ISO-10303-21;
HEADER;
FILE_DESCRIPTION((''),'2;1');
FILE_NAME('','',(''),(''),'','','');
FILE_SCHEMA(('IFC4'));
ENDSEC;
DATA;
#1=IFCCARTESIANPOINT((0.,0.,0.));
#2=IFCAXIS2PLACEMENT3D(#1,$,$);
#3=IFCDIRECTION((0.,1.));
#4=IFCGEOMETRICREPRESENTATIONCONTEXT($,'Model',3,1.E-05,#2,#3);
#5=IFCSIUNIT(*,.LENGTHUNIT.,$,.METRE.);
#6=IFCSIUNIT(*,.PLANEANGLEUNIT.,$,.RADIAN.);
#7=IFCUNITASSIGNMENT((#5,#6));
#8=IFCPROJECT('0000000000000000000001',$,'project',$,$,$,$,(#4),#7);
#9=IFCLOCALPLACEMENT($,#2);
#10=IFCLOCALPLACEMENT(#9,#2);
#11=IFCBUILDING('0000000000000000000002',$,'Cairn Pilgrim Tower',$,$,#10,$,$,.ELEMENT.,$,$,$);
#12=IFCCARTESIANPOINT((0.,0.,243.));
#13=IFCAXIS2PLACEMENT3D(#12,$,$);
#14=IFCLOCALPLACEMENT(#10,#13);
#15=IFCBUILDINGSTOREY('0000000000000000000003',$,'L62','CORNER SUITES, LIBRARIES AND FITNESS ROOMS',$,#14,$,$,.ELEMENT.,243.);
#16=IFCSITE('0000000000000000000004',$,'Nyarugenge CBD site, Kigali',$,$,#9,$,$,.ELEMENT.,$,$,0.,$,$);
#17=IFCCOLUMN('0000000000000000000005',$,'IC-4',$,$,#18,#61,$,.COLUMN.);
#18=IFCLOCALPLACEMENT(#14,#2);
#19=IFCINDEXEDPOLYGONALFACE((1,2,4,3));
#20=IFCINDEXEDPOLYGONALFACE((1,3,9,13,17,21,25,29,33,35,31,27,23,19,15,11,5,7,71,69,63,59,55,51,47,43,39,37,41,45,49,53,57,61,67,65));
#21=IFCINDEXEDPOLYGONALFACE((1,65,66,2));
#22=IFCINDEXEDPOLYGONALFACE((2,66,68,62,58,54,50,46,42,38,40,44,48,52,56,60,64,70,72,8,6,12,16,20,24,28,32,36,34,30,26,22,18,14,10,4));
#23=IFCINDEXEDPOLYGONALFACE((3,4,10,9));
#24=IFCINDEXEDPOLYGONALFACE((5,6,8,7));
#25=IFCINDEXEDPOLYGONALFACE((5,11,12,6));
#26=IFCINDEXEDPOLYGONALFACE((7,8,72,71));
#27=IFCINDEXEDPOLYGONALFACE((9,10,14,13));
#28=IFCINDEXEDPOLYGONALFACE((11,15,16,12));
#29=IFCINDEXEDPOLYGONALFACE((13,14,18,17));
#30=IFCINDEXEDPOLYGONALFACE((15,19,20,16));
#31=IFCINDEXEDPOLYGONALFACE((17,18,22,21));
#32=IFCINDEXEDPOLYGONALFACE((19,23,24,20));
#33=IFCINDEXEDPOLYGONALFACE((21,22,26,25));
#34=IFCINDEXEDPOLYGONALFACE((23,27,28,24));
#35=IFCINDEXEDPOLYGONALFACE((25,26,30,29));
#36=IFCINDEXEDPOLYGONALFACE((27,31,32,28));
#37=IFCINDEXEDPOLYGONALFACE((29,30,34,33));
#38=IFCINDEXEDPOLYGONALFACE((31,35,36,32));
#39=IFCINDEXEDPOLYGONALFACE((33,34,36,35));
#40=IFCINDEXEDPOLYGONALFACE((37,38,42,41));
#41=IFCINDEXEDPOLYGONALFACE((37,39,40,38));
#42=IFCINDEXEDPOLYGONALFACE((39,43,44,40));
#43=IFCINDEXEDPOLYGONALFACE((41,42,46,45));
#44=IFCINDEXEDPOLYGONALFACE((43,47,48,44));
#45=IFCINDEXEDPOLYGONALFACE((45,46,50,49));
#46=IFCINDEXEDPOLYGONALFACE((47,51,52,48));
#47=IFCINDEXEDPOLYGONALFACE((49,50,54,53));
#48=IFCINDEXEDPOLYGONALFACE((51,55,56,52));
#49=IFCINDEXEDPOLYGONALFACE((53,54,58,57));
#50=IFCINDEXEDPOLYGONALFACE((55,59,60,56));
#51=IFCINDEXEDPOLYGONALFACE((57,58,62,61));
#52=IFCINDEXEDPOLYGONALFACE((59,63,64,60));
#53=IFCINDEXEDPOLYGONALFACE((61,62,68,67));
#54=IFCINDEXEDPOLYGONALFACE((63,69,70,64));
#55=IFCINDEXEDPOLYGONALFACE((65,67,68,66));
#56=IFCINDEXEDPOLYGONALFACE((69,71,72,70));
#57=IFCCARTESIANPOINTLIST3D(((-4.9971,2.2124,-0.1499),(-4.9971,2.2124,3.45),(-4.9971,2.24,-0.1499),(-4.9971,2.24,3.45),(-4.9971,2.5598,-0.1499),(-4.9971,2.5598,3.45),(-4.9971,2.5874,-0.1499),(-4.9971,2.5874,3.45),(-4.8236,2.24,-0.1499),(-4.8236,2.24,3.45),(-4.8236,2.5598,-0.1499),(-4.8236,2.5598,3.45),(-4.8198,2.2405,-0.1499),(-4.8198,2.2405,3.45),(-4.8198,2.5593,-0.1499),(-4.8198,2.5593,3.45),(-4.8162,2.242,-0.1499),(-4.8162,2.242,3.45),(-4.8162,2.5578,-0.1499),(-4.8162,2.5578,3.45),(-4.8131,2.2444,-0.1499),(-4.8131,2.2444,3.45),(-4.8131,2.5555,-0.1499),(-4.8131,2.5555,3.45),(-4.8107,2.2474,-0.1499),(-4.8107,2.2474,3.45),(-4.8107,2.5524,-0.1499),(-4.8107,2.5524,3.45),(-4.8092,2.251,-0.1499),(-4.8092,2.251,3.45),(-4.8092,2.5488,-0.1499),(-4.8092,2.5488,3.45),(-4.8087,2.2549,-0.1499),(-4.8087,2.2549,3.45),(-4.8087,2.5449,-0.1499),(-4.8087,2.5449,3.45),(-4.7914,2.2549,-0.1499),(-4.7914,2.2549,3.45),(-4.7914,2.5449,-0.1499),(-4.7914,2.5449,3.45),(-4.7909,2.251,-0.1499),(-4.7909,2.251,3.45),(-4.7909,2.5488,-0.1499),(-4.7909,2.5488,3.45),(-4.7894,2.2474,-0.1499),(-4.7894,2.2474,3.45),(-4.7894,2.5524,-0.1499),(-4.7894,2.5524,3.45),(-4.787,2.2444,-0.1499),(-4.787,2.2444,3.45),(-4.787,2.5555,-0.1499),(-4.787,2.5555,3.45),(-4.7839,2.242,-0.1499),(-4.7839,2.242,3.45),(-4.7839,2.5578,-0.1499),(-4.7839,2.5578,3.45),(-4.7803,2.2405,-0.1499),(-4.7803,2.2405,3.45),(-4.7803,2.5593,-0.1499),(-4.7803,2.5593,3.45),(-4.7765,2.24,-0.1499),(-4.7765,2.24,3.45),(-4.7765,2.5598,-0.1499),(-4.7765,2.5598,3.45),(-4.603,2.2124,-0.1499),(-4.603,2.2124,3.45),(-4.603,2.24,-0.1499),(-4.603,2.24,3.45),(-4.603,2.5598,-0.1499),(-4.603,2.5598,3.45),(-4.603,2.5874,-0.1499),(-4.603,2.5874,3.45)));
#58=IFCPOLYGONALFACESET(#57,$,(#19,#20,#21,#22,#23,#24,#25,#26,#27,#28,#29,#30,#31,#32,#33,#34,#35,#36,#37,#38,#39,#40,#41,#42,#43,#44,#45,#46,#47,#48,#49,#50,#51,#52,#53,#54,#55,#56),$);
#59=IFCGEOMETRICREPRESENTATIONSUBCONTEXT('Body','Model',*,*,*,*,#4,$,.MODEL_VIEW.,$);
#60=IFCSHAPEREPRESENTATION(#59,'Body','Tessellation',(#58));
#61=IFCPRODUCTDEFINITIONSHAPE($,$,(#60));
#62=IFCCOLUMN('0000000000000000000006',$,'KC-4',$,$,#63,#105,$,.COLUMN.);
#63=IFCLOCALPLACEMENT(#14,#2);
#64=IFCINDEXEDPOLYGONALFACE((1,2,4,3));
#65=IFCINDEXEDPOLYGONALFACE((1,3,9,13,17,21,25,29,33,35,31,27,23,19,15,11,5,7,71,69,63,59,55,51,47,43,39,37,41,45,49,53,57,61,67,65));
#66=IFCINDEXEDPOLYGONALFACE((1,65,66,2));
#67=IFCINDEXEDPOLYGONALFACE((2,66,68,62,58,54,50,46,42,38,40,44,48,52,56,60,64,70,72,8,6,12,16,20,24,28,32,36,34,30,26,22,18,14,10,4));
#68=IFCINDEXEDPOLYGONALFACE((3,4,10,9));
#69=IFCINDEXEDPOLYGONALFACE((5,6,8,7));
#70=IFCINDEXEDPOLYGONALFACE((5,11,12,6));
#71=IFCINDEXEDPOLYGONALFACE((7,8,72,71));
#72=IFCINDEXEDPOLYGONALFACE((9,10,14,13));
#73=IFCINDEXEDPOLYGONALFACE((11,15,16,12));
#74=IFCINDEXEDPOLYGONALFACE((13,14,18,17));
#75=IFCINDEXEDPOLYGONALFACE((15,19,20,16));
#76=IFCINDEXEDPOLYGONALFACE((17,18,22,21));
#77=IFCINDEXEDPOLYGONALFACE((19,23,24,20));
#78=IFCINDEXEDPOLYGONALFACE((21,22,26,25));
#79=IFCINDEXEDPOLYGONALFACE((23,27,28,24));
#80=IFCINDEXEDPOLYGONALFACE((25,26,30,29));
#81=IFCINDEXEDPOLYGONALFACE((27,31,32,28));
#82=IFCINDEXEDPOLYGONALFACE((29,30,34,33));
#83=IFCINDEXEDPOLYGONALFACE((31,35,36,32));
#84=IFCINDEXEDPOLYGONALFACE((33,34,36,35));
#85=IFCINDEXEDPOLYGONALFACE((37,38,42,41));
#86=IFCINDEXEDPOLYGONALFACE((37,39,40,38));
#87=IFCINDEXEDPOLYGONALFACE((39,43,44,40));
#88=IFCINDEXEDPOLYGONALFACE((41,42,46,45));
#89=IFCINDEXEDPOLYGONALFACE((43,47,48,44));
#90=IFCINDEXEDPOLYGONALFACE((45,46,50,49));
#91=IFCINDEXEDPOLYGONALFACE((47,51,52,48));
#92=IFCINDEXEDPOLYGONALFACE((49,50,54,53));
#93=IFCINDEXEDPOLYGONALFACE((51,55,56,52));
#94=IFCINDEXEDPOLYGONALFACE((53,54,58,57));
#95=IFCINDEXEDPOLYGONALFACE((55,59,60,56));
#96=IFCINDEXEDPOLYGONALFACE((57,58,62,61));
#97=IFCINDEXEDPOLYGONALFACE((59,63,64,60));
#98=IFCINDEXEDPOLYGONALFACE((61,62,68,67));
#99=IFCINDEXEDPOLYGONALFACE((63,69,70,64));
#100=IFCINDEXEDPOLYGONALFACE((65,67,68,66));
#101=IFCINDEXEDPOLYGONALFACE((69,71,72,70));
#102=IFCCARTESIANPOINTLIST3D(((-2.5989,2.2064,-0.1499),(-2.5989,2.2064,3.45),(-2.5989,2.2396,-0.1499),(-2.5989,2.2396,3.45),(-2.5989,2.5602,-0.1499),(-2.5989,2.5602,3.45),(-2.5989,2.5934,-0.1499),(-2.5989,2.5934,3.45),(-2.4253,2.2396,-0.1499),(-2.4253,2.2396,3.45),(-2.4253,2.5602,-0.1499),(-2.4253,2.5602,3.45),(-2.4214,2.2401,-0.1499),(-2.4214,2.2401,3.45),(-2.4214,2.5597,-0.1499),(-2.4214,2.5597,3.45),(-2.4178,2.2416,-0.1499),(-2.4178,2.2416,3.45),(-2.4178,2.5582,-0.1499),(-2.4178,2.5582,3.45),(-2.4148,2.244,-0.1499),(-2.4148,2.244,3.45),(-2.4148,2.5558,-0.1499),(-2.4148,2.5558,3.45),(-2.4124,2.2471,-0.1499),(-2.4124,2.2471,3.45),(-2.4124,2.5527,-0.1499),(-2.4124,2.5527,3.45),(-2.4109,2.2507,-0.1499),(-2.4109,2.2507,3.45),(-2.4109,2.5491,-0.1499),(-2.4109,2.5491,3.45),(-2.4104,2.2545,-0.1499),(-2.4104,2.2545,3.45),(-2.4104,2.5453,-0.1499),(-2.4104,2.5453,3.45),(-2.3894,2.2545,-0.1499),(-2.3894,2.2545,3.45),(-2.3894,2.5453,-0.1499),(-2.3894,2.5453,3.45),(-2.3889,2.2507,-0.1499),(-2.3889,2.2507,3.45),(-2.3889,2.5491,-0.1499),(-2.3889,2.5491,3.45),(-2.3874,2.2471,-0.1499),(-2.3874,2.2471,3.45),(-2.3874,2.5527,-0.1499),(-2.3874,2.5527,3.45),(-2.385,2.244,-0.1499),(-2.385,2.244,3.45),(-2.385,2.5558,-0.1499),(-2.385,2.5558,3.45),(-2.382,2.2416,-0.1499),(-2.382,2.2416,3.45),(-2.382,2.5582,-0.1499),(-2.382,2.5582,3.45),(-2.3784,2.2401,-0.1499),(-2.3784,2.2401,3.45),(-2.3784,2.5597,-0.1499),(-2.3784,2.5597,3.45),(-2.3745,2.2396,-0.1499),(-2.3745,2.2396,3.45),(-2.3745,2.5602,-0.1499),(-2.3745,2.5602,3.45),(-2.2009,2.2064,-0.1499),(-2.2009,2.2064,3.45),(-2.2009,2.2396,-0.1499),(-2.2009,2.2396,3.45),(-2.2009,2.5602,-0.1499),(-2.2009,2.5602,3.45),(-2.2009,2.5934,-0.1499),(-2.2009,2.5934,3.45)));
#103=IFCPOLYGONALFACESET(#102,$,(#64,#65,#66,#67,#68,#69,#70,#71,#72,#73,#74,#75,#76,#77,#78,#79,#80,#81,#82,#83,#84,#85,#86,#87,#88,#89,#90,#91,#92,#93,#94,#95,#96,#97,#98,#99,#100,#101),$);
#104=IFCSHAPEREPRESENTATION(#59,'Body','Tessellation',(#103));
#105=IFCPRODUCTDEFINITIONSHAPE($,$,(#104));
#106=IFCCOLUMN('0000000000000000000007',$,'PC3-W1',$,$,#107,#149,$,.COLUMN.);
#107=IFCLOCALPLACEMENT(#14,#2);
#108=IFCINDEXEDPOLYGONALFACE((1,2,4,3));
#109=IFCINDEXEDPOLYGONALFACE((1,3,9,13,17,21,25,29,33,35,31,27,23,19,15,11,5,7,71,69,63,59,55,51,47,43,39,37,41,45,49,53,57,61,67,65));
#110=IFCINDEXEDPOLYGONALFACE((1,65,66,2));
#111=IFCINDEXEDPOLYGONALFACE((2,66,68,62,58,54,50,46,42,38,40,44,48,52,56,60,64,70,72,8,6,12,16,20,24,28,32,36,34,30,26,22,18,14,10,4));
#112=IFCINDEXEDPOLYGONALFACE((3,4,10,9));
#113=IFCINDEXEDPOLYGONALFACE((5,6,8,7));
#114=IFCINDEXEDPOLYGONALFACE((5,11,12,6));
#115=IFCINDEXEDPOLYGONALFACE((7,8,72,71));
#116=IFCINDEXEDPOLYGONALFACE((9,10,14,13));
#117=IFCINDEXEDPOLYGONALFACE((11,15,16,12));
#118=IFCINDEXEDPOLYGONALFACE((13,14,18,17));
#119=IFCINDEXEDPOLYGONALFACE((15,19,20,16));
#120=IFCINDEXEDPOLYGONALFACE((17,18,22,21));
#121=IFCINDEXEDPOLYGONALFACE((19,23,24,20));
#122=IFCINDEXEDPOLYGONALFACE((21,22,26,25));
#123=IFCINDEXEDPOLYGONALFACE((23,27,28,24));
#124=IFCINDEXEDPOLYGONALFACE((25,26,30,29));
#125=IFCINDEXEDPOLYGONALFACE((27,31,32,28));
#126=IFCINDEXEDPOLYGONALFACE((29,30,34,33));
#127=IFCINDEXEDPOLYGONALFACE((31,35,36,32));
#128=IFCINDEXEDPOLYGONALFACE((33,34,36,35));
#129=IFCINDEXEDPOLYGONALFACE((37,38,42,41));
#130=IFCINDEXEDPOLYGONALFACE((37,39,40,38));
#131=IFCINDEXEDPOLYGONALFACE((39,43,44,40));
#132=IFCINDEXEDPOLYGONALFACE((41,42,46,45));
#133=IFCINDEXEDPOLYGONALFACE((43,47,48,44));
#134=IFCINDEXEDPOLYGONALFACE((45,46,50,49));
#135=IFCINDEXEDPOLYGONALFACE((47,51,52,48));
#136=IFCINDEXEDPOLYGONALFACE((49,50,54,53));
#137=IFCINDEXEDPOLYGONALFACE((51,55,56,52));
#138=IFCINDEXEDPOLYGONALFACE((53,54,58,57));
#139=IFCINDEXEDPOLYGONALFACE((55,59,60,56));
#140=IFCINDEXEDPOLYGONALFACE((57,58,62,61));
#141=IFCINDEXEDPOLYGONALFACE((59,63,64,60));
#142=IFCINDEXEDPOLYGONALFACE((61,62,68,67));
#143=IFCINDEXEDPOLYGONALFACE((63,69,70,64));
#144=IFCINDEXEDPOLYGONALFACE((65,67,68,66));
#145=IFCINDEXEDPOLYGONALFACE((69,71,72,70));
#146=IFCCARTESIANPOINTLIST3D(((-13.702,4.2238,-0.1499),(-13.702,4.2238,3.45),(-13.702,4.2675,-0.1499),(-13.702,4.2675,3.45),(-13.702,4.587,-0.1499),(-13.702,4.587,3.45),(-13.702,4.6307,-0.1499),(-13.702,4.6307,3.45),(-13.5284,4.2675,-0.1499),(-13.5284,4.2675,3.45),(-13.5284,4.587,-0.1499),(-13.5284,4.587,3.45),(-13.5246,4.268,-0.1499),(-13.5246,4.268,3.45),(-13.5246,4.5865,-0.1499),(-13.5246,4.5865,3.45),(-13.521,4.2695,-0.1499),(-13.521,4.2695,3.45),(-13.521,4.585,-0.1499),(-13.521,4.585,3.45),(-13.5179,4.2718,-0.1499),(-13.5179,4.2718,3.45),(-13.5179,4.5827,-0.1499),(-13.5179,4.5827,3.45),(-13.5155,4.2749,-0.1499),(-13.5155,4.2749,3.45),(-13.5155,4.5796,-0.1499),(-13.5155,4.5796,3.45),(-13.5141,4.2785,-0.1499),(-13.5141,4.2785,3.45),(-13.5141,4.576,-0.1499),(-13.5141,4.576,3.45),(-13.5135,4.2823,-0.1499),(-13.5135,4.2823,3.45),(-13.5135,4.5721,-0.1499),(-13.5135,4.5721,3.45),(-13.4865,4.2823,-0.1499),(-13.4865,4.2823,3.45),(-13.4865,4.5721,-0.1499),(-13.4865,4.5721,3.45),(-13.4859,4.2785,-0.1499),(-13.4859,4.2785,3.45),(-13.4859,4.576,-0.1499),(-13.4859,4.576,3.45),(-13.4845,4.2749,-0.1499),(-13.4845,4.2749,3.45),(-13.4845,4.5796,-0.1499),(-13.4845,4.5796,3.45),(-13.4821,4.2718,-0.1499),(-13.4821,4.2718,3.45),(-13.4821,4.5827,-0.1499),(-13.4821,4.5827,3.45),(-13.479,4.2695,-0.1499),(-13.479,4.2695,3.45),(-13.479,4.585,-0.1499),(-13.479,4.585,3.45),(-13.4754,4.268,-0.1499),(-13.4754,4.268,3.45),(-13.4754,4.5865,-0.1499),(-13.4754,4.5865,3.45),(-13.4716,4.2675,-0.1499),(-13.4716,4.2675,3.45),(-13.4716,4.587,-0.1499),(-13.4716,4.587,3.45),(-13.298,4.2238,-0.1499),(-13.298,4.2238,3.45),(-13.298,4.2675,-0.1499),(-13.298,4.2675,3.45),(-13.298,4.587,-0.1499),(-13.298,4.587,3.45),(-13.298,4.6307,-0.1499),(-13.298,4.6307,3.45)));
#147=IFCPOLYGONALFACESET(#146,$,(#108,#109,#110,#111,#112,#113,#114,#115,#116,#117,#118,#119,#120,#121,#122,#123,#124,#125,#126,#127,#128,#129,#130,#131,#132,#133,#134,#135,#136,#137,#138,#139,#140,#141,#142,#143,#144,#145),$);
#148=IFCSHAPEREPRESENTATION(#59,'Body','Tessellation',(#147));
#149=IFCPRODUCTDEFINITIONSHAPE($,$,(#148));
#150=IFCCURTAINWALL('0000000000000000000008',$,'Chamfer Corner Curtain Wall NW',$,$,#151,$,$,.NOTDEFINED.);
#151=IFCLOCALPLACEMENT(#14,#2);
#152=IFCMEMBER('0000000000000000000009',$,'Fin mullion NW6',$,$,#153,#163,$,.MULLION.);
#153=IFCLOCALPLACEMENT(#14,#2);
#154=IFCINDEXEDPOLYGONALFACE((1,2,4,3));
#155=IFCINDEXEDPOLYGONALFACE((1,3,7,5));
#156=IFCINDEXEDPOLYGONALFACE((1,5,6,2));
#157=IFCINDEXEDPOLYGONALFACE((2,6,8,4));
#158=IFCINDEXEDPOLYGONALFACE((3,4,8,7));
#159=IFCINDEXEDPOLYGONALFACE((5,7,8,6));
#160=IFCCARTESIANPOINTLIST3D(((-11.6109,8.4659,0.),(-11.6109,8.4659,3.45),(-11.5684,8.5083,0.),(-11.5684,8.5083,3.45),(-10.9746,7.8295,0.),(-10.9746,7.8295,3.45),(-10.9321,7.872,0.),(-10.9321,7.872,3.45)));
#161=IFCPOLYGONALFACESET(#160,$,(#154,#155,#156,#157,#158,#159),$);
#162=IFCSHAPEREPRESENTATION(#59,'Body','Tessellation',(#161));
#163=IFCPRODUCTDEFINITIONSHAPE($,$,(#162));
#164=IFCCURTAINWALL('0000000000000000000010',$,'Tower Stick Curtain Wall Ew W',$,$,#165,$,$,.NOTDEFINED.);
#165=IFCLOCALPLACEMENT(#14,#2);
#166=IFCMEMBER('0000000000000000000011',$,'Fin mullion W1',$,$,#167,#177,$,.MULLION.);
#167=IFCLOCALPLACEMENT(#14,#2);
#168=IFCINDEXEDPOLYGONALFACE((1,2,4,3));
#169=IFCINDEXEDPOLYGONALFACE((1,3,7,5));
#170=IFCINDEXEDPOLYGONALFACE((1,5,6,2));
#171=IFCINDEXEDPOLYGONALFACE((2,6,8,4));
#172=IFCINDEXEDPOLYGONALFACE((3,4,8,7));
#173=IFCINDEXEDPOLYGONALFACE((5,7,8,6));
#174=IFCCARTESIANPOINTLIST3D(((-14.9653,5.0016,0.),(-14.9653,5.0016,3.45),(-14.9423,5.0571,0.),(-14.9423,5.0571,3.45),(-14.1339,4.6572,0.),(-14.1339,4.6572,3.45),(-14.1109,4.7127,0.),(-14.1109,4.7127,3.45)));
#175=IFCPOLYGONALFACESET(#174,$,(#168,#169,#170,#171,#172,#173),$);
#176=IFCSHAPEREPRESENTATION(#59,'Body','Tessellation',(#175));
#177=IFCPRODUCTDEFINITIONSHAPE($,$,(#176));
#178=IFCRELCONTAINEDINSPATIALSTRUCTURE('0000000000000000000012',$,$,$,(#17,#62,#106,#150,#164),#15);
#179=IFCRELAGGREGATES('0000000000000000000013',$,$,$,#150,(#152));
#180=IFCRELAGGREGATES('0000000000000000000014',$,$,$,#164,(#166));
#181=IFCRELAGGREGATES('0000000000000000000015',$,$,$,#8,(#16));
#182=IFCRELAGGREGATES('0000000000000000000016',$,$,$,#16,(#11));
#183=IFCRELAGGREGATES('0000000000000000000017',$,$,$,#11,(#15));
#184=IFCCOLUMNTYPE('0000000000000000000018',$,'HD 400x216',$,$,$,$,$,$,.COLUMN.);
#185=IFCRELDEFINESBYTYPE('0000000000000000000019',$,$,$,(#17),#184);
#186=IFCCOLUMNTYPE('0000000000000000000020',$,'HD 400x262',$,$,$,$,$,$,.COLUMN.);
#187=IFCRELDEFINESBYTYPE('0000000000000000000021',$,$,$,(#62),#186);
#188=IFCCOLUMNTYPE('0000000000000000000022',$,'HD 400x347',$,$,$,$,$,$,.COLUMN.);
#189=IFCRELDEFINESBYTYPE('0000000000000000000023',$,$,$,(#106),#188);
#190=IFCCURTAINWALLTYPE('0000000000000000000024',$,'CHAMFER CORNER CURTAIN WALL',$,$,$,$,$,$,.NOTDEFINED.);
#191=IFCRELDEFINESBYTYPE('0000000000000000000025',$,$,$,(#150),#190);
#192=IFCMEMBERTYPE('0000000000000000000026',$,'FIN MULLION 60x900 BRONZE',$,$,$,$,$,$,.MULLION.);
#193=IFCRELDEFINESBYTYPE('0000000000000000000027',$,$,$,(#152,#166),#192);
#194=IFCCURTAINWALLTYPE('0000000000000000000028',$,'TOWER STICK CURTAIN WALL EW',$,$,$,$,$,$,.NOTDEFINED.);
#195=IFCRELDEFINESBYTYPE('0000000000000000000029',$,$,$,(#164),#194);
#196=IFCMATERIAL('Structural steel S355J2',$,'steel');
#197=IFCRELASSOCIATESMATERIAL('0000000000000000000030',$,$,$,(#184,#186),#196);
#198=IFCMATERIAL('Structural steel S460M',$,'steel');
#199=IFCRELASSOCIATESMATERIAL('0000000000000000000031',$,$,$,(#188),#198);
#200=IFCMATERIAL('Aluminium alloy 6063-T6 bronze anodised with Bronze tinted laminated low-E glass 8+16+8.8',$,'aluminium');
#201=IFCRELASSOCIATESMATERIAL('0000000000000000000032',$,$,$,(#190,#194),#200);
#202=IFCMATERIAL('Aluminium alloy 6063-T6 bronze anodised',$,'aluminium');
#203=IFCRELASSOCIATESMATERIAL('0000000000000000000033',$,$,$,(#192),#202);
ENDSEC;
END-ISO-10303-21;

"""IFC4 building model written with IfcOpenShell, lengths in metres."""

from ifc_helpers import new_model, si_unit, direction, frame, origin, origin_2d, place, context, subcontext, project, spatial, rectangle, i_section, extrude, material, material_profile, profile_set, type_object, element, aggregate, save


model = new_model("IFC4")

# Units and contexts
model_context = context("Model", 3, precision=1e-05, world=origin(), true_north=direction((0.0, 1.0)))
body_context = subcontext(model_context, "Body", "Model", "MODEL_VIEW")
ifc_project = project(units=[si_unit("LENGTHUNIT", "METRE"), si_unit("PLANEANGLEUNIT", "RADIAN")], contexts=[model_context])

# Site, building, storey
site_placement = place(None, origin())
site = spatial("IfcSite", under=ifc_project, at=site_placement, Name="Nyarugenge CBD site, Kigali", CompositionType="ELEMENT", RefElevation=0.0)
building_placement = place(site_placement, origin())
building = spatial("IfcBuilding", under=site, at=building_placement, Name="Cairn Pilgrim Tower", CompositionType="ELEMENT")
storey_placement = place(building_placement, frame((0.0, 0.0, 243.0)))
storey = spatial("IfcBuildingStorey", under=building, at=storey_placement, Name="L62", Description="CORNER SUITES, LIBRARIES AND FITNESS ROOMS", CompositionType="ELEMENT", Elevation=243.0)

# Columns
ifc_material_1 = material(Name="Structural steel S355J2", Category="steel")
ifc_material_profile_1 = material_profile(ifc_material_1, i_section(OverallWidth=0.394, OverallDepth=0.375, WebThickness=0.0173, FlangeThickness=0.0276, FilletRadius=0.0149, at=origin_2d()), Name="HD 400x216")
ifc_profile_set_1 = profile_set([ifc_material_profile_1], Name="Structural steel S355J2")
column_type_1 = type_object("IfcColumnType", Name="HD 400x216", PredefinedType="COLUMN", material=ifc_profile_set_1)
column_1_placement = place(storey_placement, frame((-4.8, 2.3999, -0.1499), z_axis=(0.0, 0.0, 1.0), x_axis=(1.0, 0.0, 0.0)))
element("IfcColumn", 1, at=column_1_placement, inside=storey, type_object=column_type_1, Name="IC-4", PredefinedType="COLUMN", context=body_context, shape_type="SweptSolid", body=[
    extrude(i_section(OverallWidth=0.394, OverallDepth=0.375, WebThickness=0.0173, FlangeThickness=0.0276, FilletRadius=0.0149, at=origin_2d()), origin(), (0.0, 0.0, 1.0), 3.5999),
])
ifc_material_profile_2 = material_profile(ifc_material_1, i_section(OverallWidth=0.3979, OverallDepth=0.387, WebThickness=0.021, FlangeThickness=0.0332, FilletRadius=0.0149, at=origin_2d()), Name="HD 400x262")
ifc_profile_set_2 = profile_set([ifc_material_profile_2], Name="Structural steel S355J2")
column_type_2 = type_object("IfcColumnType", Name="HD 400x262", PredefinedType="COLUMN", material=ifc_profile_set_2)
column_2_placement = place(storey_placement, frame((-2.3999, 2.3999, -0.1499), z_axis=(0.0, 0.0, 1.0), x_axis=(1.0, 0.0, 0.0)))
element("IfcColumn", 2, at=column_2_placement, inside=storey, type_object=column_type_2, Name="KC-4", PredefinedType="COLUMN", context=body_context, shape_type="SweptSolid", body=[
    extrude(i_section(OverallWidth=0.3979, OverallDepth=0.387, WebThickness=0.021, FlangeThickness=0.0332, FilletRadius=0.0149, at=origin_2d()), origin(), (0.0, 0.0, 1.0), 3.5999),
])
ifc_material_2 = material(Name="Structural steel S460M", Category="steel")
ifc_material_profile_3 = material_profile(ifc_material_2, i_section(OverallWidth=0.4041, OverallDepth=0.407, WebThickness=0.0271, FlangeThickness=0.0437, FilletRadius=0.0149, at=origin_2d()), Name="HD 400x347")
ifc_profile_set_3 = profile_set([ifc_material_profile_3], Name="Structural steel S460M")
column_type_3 = type_object("IfcColumnType", Name="HD 400x347", PredefinedType="COLUMN", material=ifc_profile_set_3)
column_3_placement = place(storey_placement, frame((-13.5, 4.4272, -0.1499), z_axis=(0.0, 0.0, 1.0), x_axis=(1.0, 0.0, 0.0)))
element("IfcColumn", 3, at=column_3_placement, inside=storey, type_object=column_type_3, Name="PC3-W1", PredefinedType="COLUMN", context=body_context, shape_type="SweptSolid", body=[
    extrude(i_section(OverallWidth=0.4041, OverallDepth=0.407, WebThickness=0.0271, FlangeThickness=0.0437, FilletRadius=0.0149, at=origin_2d()), origin(), (0.0, 0.0, 1.0), 3.5999),
])

# Curtain walls, members
ifc_material_3 = material(Name="Aluminium alloy 6063-T6 bronze anodised with Bronze tinted laminated low-E glass 8+16+8.8", Category="aluminium")
curtain_wall_type_1 = type_object("IfcCurtainWallType", Name="CHAMFER CORNER CURTAIN WALL", PredefinedType="NOTDEFINED", material=ifc_material_3)
curtain_wall_1_placement = place(storey_placement, origin())
curtain_wall_1 = element("IfcCurtainWall", 4, at=curtain_wall_1_placement, inside=storey, type_object=curtain_wall_type_1, Name="Chamfer Corner Curtain Wall NW", PredefinedType="NOTDEFINED")
ifc_material_4 = material(Name="Aluminium alloy 6063-T6 bronze anodised", Category="aluminium")
ifc_material_profile_4 = material_profile(ifc_material_4, rectangle(XDim=0.8999, YDim=0.0601, at=origin_2d()), Name="FIN MULLION 60x900 BRONZE")
ifc_profile_set_4 = profile_set([ifc_material_profile_4], Name="Aluminium alloy 6063-T6 bronze anodised")
member_type_1 = type_object("IfcMemberType", Name="FIN MULLION 60x900 BRONZE", PredefinedType="MULLION", material=ifc_profile_set_4)
member_1_placement = place(storey_placement, frame((-11.2715, 8.1689, 0.0), z_axis=(0.0, 0.0, 1.0), x_axis=(-0.707107, 0.707107, 0.0)))
member_1 = element("IfcMember", 5, at=member_1_placement, type_object=member_type_1, Name="Fin mullion NW6", PredefinedType="MULLION", context=body_context, shape_type="SweptSolid", body=[
    extrude(rectangle(XDim=0.8999, YDim=0.0601, at=origin_2d()), origin(), (0.0, 0.0, 1.0), 3.45),
])
curtain_wall_type_2 = type_object("IfcCurtainWallType", Name="TOWER STICK CURTAIN WALL EW", PredefinedType="NOTDEFINED", material=ifc_material_3)
curtain_wall_2_placement = place(storey_placement, origin())
curtain_wall_2 = element("IfcCurtainWall", 6, at=curtain_wall_2_placement, inside=storey, type_object=curtain_wall_type_2, Name="Tower Stick Curtain Wall Ew W", PredefinedType="NOTDEFINED")
member_2_placement = place(storey_placement, frame((-14.5381, 4.8572, 0.0), z_axis=(0.0, 0.0, 1.0), x_axis=(-0.92388, 0.382683, 0.0)))
member_2 = element("IfcMember", 7, at=member_2_placement, type_object=member_type_1, Name="Fin mullion W1", PredefinedType="MULLION", context=body_context, shape_type="SweptSolid", body=[
    extrude(rectangle(XDim=0.8999, YDim=0.0601, at=origin_2d()), origin(), (0.0, 0.0, 1.0), 3.45),
])

aggregate(curtain_wall_1, [member_1])
aggregate(curtain_wall_2, [member_2])

save(model, "model.ifc")
